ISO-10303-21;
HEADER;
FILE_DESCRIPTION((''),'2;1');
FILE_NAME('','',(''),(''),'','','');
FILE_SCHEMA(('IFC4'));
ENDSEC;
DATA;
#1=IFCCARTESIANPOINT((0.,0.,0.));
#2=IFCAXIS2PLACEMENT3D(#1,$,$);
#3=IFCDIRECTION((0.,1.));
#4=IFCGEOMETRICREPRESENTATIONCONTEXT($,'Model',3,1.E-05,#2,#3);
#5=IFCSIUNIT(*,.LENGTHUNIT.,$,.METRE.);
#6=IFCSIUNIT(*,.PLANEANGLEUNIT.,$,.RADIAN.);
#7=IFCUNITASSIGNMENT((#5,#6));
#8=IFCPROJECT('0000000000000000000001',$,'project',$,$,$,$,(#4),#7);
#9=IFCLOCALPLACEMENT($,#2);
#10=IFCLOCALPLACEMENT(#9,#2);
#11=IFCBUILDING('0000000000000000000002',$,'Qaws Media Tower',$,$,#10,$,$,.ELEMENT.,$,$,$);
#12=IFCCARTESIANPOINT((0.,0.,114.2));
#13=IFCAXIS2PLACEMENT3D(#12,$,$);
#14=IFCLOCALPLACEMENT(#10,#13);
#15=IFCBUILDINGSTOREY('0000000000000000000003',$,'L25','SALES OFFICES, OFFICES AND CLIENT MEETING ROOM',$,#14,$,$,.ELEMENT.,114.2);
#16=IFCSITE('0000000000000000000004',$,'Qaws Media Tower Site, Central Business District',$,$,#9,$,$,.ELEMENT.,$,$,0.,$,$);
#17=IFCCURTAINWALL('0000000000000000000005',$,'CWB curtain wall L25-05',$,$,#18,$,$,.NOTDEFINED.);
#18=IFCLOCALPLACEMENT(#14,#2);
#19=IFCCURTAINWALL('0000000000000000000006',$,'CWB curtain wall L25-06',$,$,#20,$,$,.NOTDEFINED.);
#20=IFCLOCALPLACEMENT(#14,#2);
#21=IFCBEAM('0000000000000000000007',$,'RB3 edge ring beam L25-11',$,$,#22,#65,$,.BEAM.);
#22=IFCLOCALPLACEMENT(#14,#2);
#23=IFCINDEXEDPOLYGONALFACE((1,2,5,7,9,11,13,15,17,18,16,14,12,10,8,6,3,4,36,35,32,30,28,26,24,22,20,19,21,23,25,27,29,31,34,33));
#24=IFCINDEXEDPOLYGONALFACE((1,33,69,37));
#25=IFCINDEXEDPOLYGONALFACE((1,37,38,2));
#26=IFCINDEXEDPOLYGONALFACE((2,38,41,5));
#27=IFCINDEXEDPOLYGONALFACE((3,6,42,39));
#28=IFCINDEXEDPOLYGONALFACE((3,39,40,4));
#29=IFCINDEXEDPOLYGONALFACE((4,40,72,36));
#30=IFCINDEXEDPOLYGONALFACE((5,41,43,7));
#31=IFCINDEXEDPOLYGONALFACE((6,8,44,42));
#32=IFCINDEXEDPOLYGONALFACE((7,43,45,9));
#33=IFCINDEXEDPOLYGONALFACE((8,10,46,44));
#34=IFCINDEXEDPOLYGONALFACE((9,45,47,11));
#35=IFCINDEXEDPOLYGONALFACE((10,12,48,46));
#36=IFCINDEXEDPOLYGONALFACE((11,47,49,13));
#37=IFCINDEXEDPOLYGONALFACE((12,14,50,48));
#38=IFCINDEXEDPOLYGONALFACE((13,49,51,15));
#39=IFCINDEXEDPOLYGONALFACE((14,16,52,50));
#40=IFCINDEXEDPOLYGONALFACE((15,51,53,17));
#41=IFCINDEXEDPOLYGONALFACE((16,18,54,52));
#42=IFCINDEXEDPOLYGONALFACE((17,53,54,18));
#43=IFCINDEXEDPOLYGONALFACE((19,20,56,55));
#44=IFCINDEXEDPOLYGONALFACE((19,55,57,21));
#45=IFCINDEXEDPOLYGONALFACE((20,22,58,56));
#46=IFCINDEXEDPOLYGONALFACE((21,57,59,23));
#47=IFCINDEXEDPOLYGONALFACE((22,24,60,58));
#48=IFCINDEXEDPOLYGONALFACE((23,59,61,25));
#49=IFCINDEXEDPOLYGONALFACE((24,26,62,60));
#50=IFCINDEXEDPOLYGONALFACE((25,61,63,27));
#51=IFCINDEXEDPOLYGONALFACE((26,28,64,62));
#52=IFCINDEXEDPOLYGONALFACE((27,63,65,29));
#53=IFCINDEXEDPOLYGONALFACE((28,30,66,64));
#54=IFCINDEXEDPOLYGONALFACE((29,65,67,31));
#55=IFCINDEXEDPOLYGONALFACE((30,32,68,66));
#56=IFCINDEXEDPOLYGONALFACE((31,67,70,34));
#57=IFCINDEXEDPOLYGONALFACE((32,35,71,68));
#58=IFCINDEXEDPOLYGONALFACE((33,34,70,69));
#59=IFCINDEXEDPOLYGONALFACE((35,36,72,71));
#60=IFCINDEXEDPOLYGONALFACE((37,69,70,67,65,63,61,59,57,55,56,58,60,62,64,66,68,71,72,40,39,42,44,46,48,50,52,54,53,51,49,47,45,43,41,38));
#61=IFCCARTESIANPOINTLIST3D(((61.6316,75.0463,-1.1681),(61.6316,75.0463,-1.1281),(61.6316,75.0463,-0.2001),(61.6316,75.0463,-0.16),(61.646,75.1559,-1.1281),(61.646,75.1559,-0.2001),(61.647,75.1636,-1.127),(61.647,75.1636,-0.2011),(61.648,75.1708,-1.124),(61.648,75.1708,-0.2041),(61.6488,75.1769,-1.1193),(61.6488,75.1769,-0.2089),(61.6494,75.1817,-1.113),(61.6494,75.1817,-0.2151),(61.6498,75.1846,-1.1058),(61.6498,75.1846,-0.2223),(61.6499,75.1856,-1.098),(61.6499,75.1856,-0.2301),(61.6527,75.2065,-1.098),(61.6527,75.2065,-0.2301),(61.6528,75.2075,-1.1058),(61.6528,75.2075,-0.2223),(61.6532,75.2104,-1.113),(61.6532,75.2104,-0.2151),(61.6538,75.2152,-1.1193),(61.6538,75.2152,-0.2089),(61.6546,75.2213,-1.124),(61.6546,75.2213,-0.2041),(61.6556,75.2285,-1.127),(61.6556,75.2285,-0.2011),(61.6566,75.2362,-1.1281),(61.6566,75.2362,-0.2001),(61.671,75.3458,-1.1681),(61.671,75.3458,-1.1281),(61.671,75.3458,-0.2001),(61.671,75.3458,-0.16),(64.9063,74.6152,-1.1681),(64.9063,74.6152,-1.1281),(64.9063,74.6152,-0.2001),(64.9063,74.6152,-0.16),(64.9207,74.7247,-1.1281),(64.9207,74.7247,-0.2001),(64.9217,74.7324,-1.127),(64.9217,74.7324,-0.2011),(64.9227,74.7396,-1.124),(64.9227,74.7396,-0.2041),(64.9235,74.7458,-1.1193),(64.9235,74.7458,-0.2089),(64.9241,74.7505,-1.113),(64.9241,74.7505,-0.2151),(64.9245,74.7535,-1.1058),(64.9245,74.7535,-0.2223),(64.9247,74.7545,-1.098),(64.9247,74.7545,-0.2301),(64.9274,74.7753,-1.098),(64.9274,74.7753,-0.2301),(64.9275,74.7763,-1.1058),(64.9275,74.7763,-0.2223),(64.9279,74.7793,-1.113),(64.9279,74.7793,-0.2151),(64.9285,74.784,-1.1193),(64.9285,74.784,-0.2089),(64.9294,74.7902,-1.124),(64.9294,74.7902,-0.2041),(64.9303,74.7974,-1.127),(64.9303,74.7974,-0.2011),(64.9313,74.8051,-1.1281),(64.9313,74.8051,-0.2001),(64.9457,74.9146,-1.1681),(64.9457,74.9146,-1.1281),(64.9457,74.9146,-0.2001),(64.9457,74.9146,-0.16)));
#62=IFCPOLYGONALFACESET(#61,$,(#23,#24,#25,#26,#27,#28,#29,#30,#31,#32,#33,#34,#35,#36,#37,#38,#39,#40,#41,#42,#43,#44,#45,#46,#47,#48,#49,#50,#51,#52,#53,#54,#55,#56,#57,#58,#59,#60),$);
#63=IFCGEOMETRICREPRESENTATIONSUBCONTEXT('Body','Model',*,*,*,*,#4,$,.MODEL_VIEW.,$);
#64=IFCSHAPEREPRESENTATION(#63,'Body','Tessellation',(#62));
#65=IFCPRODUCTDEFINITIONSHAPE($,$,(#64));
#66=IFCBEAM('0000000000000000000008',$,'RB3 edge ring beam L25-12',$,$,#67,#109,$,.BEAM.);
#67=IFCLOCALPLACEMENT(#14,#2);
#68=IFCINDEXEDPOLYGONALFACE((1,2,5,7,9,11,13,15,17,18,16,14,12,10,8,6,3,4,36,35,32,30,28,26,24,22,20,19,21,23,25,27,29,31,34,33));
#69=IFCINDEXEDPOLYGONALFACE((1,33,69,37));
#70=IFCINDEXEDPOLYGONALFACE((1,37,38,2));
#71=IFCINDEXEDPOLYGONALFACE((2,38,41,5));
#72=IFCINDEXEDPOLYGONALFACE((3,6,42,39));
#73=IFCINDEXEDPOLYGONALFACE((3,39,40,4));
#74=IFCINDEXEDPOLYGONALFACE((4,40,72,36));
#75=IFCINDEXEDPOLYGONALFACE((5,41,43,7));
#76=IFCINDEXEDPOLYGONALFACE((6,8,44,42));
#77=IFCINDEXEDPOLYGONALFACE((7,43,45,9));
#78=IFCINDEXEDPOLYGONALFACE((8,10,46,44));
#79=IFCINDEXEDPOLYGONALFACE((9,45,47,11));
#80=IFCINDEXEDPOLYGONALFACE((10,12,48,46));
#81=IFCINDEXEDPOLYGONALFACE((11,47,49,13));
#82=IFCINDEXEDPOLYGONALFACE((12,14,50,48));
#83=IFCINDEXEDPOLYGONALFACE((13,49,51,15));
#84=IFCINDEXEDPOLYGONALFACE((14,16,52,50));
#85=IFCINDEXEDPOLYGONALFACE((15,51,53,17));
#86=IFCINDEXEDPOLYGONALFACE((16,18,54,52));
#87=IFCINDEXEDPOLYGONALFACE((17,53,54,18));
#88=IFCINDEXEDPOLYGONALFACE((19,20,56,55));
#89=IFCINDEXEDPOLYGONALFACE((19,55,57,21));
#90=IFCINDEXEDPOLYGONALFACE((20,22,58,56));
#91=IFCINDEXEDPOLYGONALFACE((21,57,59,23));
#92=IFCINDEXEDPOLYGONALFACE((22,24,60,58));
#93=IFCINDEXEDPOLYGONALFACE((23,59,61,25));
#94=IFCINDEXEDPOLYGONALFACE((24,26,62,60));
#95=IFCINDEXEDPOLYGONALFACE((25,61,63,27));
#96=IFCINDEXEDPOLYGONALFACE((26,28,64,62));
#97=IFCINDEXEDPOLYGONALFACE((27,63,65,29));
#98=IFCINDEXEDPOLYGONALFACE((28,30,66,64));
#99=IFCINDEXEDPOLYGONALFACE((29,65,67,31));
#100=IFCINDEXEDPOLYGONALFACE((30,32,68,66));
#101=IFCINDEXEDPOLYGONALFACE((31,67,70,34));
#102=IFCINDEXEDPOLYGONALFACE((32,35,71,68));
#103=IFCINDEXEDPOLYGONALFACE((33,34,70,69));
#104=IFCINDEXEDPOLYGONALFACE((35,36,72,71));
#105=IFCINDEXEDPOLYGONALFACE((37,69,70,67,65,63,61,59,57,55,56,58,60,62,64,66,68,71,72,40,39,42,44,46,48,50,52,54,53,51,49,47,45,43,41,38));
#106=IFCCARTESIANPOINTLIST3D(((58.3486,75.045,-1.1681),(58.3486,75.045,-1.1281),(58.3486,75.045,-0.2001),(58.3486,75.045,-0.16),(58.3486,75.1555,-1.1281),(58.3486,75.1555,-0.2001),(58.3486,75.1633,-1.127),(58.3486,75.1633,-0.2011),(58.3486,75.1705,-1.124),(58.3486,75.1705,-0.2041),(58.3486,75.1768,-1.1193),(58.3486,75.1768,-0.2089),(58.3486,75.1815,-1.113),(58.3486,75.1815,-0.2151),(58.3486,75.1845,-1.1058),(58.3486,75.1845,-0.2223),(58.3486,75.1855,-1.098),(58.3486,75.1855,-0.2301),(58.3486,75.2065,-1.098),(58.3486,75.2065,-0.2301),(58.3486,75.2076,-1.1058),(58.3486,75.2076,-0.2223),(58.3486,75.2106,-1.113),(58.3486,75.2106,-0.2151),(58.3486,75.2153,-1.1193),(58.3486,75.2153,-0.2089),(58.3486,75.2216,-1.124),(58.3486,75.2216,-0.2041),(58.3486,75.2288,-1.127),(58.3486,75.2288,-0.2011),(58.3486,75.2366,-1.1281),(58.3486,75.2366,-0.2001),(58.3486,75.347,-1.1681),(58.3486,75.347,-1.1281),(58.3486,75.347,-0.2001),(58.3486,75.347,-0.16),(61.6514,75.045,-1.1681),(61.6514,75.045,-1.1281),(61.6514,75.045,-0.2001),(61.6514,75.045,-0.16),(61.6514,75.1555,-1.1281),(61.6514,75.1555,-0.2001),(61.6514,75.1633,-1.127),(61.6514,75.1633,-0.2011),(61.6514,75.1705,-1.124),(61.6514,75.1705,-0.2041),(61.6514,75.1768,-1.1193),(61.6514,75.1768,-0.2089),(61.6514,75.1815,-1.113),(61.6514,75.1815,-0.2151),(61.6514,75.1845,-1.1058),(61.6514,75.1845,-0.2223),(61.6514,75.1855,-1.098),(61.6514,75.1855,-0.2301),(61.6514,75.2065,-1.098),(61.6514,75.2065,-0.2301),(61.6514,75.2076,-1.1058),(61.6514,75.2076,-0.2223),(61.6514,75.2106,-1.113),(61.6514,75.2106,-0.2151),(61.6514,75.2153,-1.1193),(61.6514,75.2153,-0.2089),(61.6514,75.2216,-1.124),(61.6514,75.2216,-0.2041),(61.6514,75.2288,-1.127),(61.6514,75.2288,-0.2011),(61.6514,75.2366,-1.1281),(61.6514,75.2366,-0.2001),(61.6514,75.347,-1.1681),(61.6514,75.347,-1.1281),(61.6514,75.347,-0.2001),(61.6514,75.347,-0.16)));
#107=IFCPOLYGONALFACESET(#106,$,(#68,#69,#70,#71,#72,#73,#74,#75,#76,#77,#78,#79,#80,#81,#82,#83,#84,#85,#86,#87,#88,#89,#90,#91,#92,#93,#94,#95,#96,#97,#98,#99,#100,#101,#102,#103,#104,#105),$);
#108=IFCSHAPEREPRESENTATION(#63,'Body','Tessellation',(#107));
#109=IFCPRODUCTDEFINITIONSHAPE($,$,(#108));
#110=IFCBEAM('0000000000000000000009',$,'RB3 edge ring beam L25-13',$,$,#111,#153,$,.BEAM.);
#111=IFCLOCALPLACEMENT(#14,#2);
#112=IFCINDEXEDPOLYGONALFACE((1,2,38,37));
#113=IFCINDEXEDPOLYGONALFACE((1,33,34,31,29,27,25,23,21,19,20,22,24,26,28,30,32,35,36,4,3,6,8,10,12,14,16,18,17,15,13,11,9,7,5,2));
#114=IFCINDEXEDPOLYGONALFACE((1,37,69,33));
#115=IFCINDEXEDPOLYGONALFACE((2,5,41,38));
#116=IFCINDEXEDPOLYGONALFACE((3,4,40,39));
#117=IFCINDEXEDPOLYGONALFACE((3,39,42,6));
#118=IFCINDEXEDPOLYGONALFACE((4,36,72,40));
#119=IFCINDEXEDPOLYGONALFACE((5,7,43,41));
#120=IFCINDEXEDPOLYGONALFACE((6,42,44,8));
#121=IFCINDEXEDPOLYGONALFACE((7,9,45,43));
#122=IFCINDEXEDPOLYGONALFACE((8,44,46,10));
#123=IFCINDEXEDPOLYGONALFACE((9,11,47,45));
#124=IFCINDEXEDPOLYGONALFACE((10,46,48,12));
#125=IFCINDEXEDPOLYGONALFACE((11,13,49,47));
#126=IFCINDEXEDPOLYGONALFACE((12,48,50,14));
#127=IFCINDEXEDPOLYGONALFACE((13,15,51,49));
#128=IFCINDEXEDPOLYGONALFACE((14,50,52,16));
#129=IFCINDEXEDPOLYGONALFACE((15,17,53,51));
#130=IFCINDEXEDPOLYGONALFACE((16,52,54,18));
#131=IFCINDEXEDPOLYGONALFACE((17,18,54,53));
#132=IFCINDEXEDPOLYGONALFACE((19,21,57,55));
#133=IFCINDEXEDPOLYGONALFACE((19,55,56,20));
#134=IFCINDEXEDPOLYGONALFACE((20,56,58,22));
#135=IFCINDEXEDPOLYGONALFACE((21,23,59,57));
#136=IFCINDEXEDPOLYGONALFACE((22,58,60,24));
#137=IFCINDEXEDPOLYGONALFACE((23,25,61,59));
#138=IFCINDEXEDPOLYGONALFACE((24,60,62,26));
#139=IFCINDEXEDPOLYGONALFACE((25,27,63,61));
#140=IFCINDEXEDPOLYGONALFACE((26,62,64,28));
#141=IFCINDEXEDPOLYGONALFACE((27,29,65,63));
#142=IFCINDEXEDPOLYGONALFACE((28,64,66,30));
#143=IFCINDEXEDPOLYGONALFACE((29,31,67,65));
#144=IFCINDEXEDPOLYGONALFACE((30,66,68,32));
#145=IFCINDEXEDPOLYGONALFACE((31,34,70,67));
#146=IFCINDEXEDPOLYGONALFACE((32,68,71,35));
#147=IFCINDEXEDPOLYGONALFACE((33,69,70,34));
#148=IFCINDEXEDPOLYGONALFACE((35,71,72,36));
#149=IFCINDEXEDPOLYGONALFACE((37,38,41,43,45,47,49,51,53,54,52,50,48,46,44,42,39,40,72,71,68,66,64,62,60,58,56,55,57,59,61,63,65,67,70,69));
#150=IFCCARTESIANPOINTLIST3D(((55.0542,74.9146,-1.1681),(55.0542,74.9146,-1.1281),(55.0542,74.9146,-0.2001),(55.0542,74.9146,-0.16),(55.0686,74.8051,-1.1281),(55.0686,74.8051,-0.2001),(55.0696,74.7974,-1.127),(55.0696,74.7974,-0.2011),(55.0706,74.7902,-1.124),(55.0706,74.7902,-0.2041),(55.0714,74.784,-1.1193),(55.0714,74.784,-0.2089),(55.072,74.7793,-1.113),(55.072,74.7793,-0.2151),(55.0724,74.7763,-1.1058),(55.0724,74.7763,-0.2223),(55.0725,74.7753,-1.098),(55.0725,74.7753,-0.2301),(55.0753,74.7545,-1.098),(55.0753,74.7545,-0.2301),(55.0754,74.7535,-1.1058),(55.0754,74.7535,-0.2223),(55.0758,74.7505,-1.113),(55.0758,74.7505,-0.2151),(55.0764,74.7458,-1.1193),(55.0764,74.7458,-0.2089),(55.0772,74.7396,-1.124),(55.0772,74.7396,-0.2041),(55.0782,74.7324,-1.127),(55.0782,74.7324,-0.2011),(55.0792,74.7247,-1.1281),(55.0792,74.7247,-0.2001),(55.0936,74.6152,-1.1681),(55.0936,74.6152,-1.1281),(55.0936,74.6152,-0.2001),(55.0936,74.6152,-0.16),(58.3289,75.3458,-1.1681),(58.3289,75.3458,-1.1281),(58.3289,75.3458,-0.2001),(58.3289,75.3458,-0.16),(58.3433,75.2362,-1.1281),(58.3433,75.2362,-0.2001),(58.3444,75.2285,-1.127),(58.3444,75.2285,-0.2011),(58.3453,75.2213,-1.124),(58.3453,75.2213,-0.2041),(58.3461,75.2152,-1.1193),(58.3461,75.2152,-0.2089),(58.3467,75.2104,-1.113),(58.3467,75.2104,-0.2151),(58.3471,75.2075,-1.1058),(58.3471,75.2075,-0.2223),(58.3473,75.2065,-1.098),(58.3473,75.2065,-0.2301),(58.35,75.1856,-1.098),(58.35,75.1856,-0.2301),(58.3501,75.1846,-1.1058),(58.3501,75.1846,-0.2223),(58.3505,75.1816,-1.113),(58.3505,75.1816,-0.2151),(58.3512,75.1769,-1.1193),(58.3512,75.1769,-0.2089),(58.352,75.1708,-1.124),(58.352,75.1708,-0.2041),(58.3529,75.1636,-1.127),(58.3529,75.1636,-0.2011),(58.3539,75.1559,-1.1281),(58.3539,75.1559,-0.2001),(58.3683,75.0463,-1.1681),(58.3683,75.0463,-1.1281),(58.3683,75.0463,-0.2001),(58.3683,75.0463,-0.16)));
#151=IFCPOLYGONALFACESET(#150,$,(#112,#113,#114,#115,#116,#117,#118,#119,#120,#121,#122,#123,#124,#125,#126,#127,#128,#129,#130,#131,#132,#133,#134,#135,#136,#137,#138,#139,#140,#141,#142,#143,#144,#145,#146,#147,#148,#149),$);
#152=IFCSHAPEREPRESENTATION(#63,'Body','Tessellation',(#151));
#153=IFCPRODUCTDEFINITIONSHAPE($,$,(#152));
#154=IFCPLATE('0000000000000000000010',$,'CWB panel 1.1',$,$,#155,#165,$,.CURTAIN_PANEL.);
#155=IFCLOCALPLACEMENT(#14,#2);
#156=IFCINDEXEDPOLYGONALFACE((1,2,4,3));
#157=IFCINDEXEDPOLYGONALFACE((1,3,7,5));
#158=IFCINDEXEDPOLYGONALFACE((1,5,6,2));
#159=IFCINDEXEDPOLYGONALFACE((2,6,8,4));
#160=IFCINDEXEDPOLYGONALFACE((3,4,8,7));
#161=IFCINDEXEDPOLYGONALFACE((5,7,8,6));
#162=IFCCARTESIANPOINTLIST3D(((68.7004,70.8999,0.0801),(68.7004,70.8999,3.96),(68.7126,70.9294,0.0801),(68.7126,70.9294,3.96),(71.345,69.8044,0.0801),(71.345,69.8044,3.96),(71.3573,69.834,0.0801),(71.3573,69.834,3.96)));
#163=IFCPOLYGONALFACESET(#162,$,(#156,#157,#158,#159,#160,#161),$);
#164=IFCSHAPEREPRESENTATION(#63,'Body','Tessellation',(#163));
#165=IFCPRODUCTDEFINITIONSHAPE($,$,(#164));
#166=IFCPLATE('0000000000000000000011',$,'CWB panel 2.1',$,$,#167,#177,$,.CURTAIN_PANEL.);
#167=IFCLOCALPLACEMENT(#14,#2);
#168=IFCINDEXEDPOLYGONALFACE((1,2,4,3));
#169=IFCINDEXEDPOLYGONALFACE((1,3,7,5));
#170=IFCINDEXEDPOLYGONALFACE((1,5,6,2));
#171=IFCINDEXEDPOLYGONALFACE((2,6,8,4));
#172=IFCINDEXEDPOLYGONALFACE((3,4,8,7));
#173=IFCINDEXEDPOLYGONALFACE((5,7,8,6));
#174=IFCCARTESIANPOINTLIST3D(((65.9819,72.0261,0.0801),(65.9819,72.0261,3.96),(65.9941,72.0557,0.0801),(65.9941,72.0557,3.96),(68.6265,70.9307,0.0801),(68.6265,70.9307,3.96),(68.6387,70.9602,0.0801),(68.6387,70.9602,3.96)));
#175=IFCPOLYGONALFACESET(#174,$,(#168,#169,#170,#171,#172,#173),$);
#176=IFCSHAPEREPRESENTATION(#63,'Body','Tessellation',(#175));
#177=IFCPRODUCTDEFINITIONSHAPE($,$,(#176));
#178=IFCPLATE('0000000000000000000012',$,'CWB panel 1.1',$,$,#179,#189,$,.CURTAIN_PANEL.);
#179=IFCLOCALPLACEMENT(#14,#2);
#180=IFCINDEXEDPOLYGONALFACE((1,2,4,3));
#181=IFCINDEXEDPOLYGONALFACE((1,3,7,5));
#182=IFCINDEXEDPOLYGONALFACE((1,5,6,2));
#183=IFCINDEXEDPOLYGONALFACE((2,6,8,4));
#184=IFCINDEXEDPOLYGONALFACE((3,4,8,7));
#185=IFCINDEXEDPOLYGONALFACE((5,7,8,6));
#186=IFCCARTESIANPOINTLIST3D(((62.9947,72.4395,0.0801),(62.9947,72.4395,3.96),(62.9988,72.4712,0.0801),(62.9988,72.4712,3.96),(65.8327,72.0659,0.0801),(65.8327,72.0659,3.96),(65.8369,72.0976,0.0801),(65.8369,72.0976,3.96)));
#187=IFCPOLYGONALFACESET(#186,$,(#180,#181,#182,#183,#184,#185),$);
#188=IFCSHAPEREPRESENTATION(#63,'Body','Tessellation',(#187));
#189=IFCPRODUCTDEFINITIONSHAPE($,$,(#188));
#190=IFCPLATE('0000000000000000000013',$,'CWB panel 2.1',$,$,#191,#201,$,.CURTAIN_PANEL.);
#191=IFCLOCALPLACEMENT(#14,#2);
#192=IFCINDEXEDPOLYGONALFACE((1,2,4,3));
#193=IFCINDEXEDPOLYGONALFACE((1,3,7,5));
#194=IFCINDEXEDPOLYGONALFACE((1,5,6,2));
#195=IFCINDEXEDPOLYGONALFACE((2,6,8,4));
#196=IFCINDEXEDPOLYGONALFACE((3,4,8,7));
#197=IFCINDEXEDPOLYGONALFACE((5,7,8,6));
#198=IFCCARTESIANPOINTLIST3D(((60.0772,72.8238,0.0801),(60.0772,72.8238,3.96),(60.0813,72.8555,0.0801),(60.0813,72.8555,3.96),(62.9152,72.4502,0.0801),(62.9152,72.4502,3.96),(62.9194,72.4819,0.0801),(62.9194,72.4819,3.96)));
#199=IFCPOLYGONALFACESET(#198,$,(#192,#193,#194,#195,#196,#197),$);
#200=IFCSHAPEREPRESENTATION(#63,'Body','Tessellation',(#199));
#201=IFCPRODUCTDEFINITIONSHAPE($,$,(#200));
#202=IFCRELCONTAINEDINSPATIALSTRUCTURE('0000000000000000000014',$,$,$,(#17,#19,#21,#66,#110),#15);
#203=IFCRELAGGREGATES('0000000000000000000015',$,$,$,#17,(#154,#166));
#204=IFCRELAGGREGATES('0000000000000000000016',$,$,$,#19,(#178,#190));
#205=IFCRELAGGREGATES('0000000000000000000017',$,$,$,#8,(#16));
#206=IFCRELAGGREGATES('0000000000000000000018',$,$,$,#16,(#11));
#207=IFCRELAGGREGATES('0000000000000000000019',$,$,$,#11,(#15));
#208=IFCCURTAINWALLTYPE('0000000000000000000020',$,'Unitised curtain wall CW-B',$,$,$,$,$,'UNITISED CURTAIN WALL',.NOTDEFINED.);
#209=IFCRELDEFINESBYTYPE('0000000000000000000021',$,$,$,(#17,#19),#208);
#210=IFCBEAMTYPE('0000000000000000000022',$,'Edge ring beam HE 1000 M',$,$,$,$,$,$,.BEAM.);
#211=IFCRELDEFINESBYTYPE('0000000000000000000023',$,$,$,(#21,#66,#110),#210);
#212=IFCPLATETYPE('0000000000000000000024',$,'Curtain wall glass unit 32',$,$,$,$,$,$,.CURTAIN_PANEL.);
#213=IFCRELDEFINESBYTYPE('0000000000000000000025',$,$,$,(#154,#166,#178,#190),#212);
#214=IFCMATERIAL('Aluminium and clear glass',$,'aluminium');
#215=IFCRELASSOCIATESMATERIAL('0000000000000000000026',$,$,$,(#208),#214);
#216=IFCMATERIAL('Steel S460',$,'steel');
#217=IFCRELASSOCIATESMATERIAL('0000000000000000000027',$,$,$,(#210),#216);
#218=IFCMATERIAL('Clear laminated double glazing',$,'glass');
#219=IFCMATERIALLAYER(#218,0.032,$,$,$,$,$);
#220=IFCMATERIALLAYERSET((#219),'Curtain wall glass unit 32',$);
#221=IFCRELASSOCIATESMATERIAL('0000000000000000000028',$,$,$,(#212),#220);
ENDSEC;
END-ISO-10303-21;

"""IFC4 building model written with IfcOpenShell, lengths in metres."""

from ifc_helpers import new_model, si_unit, direction, frame, origin, origin_2d, place, context, subcontext, project, spatial, rectangle, i_section, extrude, material, layer, layer_set, material_profile, profile_set, type_object, element, aggregate, save


model = new_model("IFC4")

# Units and contexts
model_context = context("Model", 3, precision=1e-05, world=origin(), true_north=direction((0.0, 1.0)))
body_context = subcontext(model_context, "Body", "Model", "MODEL_VIEW")
ifc_project = project(units=[si_unit("LENGTHUNIT", "METRE"), si_unit("PLANEANGLEUNIT", "RADIAN")], contexts=[model_context])

# Site, building, storey
site_placement = place(None, origin())
site = spatial("IfcSite", under=ifc_project, at=site_placement, Name="Qaws Media Tower Site, Central Business District", CompositionType="ELEMENT", RefElevation=0.0)
building_placement = place(site_placement, origin())
building = spatial("IfcBuilding", under=site, at=building_placement, Name="Qaws Media Tower", CompositionType="ELEMENT")
storey_placement = place(building_placement, frame((0.0, 0.0, 114.2)))
storey = spatial("IfcBuildingStorey", under=building, at=storey_placement, Name="L25", Description="SALES OFFICES, OFFICES AND CLIENT MEETING ROOM", CompositionType="ELEMENT", Elevation=114.2)

# Curtain walls
ifc_material_1 = material(Name="Aluminium and clear glass", Category="aluminium")
curtain_wall_type = type_object("IfcCurtainWallType", Name="Unitised curtain wall CW-B", ElementType="UNITISED CURTAIN WALL", PredefinedType="NOTDEFINED", material=ifc_material_1)
curtain_wall_1_placement = place(storey_placement, origin())
curtain_wall_1 = element("IfcCurtainWall", 1, at=curtain_wall_1_placement, inside=storey, type_object=curtain_wall_type, Name="CWB curtain wall L25-05", PredefinedType="NOTDEFINED")
curtain_wall_2_placement = place(storey_placement, origin())
curtain_wall_2 = element("IfcCurtainWall", 2, at=curtain_wall_2_placement, inside=storey, type_object=curtain_wall_type, Name="CWB curtain wall L25-06", PredefinedType="NOTDEFINED")

# Beams
ifc_material_2 = material(Name="Steel S460", Category="steel")
ifc_material_profile_1 = material_profile(ifc_material_2, i_section(OverallWidth=0.302, OverallDepth=1.0081, WebThickness=0.021, FlangeThickness=0.04, FilletRadius=0.03, at=origin_2d()), Name="HE 1000 M")
ifc_profile_set_1 = profile_set([ifc_material_profile_1], Name="Steel S460")
beam_type = type_object("IfcBeamType", Name="Edge ring beam HE 1000 M", PredefinedType="BEAM", material=ifc_profile_set_1)
for number, where, z_axis, x_axis, name in (
    (3, (64.926, 74.7649, -0.6641), (-0.991443, 0.130537, 0.0), (-0.130537, -0.991443, 0.0), "RB3 edge ring beam L25-11"),
):
    element("IfcBeam", number, at=place(storey_placement, frame(where, z_axis=z_axis, x_axis=x_axis)), inside=storey, type_object=beam_type, Name=name, PredefinedType="BEAM", context=body_context, shape_type="SweptSolid", body=[
        extrude(i_section(OverallWidth=0.302, OverallDepth=1.0081, WebThickness=0.021, FlangeThickness=0.04, FilletRadius=0.03, at=origin_2d()), origin(), (0.0, 0.0, 1.0), 3.303),
    ])
beam_1_placement = place(storey_placement, frame((61.6514, 75.196, -0.6641), z_axis=(-1.0, 0.0, 0.0), x_axis=(0.0, -1.0, 0.0)))
element("IfcBeam", 4, at=beam_1_placement, inside=storey, type_object=beam_type, Name="RB3 edge ring beam L25-12", PredefinedType="BEAM", context=body_context, shape_type="SweptSolid", body=[
    extrude(i_section(OverallWidth=0.302, OverallDepth=1.0081, WebThickness=0.021, FlangeThickness=0.04, FilletRadius=0.03, at=origin_2d()), origin(), (0.0, 0.0, 1.0), 3.3027),
])
beam_2_placement = place(storey_placement, frame((58.3486, 75.196, -0.6641), z_axis=(-0.991443, -0.130537, 0.0), x_axis=(0.130537, -0.991443, 0.0)))
element("IfcBeam", 5, at=beam_2_placement, inside=storey, type_object=beam_type, Name="RB3 edge ring beam L25-13", PredefinedType="BEAM", context=body_context, shape_type="SweptSolid", body=[
    extrude(i_section(OverallWidth=0.302, OverallDepth=1.0081, WebThickness=0.021, FlangeThickness=0.04, FilletRadius=0.03, at=origin_2d()), origin(), (0.0, 0.0, 1.0), 3.303),
])

# Plates
ifc_material_3 = material(Name="Clear laminated double glazing", Category="glass")
ifc_layer_1 = layer(ifc_material_3, 0.032)
ifc_layer_set_1 = layer_set([ifc_layer_1], Name="Curtain wall glass unit 32")
plate_type_1 = type_object("IfcPlateType", Name="Curtain wall glass unit 32", PredefinedType="CURTAIN_PANEL", material=ifc_layer_set_1)
plate_1_placement = place(storey_placement, frame((70.0288, 70.3669, 0.0801), z_axis=(0.0, 0.0, 1.0), x_axis=(-0.92388, 0.382683, 0.0)))
plate_1 = element("IfcPlate", 6, at=plate_1_placement, type_object=plate_type_1, Name="CWB panel 1.1", PredefinedType="CURTAIN_PANEL", context=body_context, shape_type="SweptSolid", body=[
    extrude(rectangle(XDim=2.8625, YDim=0.032, at=origin_2d()), origin(), (0.0, 0.0, 1.0), 3.8799),
])
plate_2_placement = place(storey_placement, frame((67.3103, 71.4932, 0.0801), z_axis=(0.0, 0.0, 1.0), x_axis=(-0.92388, 0.382683, 0.0)))
plate_2 = element("IfcPlate", 7, at=plate_2_placement, type_object=plate_type_1, Name="CWB panel 2.1", PredefinedType="CURTAIN_PANEL", context=body_context, shape_type="SweptSolid", body=[
    extrude(rectangle(XDim=2.8625, YDim=0.032, at=origin_2d()), origin(), (0.0, 0.0, 1.0), 3.8799),
])
aggregate(curtain_wall_1, [plate_1, plate_2])
plate_3_placement = place(storey_placement, frame((64.4158, 72.2686, 0.0801), z_axis=(0.0, 0.0, 1.0), x_axis=(-0.991445, 0.130526, 0.0)))
plate_3 = element("IfcPlate", 8, at=plate_3_placement, type_object=plate_type_1, Name="CWB panel 1.1", PredefinedType="CURTAIN_PANEL", context=body_context, shape_type="SweptSolid", body=[
    extrude(rectangle(XDim=2.8625, YDim=0.032, at=origin_2d()), origin(), (0.0, 0.0, 1.0), 3.8799),
])
plate_4_placement = place(storey_placement, frame((61.4983, 72.6528, 0.0801), z_axis=(0.0, 0.0, 1.0), x_axis=(-0.991445, 0.130526, 0.0)))
plate_4 = element("IfcPlate", 9, at=plate_4_placement, type_object=plate_type_1, Name="CWB panel 2.1", PredefinedType="CURTAIN_PANEL", context=body_context, shape_type="SweptSolid", body=[
    extrude(rectangle(XDim=2.8625, YDim=0.032, at=origin_2d()), origin(), (0.0, 0.0, 1.0), 3.8799),
])
aggregate(curtain_wall_2, [plate_3, plate_4])

save(model, "model.ifc")
